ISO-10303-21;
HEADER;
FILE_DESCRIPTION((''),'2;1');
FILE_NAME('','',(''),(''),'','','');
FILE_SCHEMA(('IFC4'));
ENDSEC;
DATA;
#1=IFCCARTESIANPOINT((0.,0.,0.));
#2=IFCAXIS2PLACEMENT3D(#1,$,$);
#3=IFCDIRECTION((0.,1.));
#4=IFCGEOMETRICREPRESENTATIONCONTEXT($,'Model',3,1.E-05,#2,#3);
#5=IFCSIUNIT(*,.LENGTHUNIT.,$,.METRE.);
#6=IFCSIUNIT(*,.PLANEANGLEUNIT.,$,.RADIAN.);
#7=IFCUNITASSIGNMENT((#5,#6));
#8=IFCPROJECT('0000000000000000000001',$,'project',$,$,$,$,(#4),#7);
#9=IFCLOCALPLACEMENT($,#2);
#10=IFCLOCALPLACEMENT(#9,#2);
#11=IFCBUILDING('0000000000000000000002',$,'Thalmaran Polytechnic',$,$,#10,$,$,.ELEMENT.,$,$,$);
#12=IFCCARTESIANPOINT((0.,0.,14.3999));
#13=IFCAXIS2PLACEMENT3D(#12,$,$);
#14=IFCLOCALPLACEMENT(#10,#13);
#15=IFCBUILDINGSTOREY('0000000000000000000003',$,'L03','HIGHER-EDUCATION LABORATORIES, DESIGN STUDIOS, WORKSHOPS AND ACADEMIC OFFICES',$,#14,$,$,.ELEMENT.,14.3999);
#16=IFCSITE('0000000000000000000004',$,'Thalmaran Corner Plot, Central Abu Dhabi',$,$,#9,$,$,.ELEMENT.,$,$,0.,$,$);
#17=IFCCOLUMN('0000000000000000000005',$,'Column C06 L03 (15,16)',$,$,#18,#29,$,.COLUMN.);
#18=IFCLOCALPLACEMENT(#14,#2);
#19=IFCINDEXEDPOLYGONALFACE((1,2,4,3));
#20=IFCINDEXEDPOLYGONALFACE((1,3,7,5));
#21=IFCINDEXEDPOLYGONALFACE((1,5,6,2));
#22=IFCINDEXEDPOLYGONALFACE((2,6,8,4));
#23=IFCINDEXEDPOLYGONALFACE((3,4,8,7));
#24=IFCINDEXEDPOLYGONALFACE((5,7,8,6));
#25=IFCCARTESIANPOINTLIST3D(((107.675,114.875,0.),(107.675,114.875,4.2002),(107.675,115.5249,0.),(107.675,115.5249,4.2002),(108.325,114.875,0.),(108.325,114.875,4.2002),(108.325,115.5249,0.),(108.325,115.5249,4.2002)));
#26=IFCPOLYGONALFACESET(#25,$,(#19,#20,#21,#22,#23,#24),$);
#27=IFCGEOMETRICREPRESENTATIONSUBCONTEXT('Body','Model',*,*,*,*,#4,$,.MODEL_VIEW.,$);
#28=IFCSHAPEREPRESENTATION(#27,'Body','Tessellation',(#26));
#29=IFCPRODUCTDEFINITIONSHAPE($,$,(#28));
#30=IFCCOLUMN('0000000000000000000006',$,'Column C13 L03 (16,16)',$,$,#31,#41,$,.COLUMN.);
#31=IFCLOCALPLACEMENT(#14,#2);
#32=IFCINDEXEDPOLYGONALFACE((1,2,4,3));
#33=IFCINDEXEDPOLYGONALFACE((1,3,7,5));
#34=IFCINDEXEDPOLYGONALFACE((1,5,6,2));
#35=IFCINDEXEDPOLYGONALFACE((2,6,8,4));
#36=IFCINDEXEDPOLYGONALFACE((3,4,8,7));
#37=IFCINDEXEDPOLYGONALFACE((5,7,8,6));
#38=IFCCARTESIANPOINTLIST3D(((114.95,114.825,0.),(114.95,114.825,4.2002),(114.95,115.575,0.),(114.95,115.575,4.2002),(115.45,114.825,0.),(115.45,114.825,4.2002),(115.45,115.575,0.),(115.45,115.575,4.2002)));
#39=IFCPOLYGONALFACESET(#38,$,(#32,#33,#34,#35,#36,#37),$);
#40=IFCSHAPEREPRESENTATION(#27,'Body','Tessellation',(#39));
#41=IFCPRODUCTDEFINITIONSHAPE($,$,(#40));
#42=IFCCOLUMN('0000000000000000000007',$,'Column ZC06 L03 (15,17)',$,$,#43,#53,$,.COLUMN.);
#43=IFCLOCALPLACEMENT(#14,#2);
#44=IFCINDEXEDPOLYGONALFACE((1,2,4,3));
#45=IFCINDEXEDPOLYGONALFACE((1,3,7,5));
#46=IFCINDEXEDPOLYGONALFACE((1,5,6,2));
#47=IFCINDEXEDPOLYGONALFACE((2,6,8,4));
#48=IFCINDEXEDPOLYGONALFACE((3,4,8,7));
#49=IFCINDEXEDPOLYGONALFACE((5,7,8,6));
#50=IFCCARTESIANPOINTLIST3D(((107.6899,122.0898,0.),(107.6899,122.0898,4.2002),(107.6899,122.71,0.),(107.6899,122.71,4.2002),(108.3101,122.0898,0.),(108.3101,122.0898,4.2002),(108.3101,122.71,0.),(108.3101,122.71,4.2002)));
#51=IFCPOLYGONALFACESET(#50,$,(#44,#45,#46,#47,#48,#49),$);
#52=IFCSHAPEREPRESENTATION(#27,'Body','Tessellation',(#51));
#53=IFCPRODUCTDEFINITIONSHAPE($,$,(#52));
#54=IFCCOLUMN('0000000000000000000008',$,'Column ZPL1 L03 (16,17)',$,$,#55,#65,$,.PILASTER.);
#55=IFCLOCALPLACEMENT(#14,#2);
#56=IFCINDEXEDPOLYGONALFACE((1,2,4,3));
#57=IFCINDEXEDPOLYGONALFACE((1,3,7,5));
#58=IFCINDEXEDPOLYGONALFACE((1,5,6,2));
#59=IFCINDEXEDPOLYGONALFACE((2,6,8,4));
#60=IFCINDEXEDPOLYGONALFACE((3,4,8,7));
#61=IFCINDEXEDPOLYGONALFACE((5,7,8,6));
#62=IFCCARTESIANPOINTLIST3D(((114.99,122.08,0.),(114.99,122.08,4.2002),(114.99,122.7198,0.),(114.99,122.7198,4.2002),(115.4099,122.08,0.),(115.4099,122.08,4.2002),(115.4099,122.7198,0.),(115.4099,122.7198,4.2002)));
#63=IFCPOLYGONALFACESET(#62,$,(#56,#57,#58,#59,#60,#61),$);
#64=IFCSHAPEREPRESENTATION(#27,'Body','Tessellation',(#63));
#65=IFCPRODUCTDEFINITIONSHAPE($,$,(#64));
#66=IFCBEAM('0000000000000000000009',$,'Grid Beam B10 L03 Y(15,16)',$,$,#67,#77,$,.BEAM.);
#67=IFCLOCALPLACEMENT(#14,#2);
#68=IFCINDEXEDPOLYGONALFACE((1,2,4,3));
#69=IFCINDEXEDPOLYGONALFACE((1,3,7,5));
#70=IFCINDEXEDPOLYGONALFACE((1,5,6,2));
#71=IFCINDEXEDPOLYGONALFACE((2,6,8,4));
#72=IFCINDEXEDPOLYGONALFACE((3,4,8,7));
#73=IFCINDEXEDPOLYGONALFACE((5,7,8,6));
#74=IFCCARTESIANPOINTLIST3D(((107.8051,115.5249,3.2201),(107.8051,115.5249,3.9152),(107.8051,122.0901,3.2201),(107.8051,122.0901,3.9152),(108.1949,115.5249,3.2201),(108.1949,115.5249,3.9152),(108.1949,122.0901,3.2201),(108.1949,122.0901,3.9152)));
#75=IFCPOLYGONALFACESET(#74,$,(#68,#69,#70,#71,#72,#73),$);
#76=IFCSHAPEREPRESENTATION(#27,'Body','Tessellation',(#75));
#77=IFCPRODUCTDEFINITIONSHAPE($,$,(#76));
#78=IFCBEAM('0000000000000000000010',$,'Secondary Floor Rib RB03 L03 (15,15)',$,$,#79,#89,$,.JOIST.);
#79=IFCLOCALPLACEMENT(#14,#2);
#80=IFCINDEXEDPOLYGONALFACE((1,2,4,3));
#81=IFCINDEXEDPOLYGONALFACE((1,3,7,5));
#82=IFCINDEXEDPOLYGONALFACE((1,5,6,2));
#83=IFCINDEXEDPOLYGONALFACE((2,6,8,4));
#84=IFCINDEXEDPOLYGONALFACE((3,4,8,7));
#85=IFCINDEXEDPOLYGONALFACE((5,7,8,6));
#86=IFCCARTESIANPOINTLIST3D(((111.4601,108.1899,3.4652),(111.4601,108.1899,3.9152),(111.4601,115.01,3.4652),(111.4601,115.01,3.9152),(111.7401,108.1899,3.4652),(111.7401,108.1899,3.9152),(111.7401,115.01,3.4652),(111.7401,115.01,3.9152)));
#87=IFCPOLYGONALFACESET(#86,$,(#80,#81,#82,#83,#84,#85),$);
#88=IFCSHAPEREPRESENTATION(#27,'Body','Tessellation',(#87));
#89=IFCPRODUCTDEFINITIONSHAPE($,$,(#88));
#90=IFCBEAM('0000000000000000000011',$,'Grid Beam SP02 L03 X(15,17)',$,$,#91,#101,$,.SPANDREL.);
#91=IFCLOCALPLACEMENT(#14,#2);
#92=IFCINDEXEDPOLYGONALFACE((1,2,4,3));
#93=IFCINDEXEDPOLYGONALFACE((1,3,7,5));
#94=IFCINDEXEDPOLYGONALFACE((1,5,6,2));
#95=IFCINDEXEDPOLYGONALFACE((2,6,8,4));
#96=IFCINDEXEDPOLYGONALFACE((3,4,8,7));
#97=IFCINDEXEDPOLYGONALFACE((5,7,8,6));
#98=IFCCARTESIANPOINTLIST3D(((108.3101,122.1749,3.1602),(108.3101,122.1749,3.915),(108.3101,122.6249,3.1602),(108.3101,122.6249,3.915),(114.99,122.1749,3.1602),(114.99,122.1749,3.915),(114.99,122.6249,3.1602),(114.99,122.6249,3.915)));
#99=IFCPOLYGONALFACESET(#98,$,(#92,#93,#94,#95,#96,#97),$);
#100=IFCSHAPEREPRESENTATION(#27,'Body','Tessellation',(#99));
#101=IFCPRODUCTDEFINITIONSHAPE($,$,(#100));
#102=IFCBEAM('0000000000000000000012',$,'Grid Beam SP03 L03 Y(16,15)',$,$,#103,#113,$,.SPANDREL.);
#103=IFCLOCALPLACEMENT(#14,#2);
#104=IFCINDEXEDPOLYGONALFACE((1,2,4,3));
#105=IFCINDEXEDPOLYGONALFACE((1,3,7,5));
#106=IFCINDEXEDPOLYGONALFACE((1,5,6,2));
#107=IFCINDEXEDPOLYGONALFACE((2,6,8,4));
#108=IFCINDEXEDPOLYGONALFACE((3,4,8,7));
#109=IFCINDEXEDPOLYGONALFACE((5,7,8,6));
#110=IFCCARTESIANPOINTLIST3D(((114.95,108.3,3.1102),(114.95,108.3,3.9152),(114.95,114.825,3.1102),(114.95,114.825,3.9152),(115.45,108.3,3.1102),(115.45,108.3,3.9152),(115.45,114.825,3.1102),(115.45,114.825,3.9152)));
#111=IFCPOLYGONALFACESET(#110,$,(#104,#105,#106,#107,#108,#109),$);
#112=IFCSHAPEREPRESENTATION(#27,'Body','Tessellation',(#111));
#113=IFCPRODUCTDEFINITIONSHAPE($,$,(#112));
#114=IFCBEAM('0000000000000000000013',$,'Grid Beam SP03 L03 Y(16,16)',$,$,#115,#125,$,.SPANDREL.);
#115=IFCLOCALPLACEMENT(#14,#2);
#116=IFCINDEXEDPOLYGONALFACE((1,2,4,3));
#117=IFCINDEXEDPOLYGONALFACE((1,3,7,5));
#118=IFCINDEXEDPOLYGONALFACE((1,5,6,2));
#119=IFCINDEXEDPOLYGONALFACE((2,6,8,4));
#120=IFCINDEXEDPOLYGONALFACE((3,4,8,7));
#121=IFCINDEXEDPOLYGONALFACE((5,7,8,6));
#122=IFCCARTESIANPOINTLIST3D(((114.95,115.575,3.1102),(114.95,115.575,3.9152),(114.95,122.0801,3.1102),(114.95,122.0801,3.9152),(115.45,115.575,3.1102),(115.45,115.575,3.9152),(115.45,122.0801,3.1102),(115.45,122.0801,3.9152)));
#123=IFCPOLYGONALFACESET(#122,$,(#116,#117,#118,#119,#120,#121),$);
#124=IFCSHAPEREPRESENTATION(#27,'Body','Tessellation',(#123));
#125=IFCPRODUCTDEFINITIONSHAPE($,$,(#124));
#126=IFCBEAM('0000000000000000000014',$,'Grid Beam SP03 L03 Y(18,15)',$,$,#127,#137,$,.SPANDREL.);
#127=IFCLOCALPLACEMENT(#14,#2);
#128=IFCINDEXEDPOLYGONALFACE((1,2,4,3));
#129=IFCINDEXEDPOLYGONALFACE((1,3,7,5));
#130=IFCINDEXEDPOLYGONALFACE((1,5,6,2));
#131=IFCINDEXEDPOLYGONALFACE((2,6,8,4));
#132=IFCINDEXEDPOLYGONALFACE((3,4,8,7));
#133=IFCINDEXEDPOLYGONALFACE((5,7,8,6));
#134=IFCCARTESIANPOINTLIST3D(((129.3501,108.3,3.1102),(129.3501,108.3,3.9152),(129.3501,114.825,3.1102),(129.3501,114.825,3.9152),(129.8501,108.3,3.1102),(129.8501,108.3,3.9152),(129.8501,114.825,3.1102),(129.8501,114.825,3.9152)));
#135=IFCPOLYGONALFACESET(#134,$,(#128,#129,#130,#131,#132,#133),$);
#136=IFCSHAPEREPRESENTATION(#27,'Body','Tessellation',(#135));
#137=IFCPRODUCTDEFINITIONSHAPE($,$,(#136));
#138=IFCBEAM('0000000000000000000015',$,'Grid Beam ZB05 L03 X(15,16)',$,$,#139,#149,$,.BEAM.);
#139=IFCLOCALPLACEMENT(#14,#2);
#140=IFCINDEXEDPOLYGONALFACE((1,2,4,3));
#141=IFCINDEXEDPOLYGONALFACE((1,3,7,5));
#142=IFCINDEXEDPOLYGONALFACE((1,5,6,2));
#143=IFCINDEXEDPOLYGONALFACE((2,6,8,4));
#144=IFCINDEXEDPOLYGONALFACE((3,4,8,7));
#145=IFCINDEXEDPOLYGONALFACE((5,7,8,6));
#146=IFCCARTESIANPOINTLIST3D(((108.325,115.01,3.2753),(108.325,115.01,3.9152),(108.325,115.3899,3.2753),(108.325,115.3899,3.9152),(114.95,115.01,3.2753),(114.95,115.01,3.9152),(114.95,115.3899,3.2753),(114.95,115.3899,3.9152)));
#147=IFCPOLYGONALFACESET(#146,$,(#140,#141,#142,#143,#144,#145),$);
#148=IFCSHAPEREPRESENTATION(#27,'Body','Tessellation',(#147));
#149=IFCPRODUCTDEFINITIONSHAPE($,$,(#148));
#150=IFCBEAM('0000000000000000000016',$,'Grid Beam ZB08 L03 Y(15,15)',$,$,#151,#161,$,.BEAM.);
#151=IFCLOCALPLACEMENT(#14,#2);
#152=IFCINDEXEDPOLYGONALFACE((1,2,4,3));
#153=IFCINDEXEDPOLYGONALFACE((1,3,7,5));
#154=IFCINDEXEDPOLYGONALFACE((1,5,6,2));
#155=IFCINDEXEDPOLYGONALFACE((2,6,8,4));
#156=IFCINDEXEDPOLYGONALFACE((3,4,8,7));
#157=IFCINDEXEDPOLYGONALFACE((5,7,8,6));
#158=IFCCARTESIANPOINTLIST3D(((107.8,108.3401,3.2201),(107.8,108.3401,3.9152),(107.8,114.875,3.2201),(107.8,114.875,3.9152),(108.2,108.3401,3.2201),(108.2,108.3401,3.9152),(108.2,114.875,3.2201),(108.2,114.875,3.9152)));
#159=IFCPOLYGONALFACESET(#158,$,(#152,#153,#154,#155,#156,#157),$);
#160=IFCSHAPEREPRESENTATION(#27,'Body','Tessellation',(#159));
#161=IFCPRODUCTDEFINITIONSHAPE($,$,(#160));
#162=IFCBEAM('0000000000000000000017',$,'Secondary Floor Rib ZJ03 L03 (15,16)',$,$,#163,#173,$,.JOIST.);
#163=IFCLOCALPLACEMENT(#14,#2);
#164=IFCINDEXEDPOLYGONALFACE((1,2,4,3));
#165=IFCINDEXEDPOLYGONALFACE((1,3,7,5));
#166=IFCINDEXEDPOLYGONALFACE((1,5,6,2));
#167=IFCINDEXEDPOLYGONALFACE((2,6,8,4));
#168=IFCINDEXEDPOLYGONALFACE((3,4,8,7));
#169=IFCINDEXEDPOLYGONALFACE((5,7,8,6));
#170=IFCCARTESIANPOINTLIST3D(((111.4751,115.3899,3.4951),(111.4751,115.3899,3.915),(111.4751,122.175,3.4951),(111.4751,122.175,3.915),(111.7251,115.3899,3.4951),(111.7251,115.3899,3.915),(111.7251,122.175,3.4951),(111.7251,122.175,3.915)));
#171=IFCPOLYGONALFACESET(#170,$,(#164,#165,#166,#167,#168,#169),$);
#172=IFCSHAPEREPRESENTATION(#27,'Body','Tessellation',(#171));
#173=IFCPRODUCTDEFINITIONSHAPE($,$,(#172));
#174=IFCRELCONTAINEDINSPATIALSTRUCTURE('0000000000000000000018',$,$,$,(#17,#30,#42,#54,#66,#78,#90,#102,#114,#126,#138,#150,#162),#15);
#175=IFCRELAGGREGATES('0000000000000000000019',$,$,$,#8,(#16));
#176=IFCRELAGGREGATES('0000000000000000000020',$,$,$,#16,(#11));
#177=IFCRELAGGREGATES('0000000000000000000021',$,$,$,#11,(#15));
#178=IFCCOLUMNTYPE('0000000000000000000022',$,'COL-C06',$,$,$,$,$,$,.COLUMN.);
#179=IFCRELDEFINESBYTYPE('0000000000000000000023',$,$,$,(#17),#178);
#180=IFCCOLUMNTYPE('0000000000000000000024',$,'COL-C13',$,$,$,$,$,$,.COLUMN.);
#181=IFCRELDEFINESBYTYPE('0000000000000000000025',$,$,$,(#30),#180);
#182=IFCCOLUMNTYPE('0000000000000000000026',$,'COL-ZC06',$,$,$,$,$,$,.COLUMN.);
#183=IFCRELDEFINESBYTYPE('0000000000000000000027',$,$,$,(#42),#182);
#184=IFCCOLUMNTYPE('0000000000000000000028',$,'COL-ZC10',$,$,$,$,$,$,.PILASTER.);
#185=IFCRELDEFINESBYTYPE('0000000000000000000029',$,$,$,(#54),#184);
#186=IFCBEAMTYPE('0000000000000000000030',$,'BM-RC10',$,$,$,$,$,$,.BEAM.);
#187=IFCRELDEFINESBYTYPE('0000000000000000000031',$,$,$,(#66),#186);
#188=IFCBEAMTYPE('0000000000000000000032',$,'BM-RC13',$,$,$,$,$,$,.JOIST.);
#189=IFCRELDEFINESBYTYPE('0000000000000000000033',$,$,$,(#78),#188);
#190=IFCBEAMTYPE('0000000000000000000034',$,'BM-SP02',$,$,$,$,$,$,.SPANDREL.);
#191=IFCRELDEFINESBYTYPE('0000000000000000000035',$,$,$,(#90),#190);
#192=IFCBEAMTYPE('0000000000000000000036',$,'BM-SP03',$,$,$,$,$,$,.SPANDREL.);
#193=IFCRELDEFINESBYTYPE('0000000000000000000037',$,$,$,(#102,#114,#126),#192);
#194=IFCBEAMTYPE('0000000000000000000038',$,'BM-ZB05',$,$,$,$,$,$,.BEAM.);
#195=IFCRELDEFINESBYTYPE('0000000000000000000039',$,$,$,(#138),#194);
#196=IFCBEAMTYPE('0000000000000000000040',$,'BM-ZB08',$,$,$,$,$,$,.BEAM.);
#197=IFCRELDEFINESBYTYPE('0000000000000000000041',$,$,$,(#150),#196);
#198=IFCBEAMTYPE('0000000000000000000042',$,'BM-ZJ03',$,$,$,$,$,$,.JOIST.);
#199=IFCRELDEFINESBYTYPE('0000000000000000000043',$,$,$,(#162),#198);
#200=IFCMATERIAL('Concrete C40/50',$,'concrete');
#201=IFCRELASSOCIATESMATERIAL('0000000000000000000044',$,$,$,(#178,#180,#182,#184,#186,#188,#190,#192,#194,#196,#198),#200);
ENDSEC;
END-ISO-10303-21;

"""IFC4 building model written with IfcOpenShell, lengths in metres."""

from ifc_helpers import new_model, si_unit, direction, frame, origin, origin_2d, place, context, subcontext, project, spatial, rectangle, extrude, material, material_profile, profile_set, type_object, element, save


model = new_model("IFC4")

# Units and contexts
model_context = context("Model", 3, precision=1e-05, world=origin(), true_north=direction((0.0, 1.0)))
body_context = subcontext(model_context, "Body", "Model", "MODEL_VIEW")
ifc_project = project(units=[si_unit("LENGTHUNIT", "METRE"), si_unit("PLANEANGLEUNIT", "RADIAN")], contexts=[model_context])

# Site, building, storey
site_placement = place(None, origin())
site = spatial("IfcSite", under=ifc_project, at=site_placement, Name="Thalmaran Corner Plot, Central Abu Dhabi", CompositionType="ELEMENT", RefElevation=0.0)
building_placement = place(site_placement, origin())
building = spatial("IfcBuilding", under=site, at=building_placement, Name="Thalmaran Polytechnic", CompositionType="ELEMENT")
storey_placement = place(building_placement, frame((0.0, 0.0, 14.3999)))
storey = spatial("IfcBuildingStorey", under=building, at=storey_placement, Name="L03", Description="HIGHER-EDUCATION LABORATORIES, DESIGN STUDIOS, WORKSHOPS AND ACADEMIC OFFICES", CompositionType="ELEMENT", Elevation=14.3999)

# Columns
ifc_material_1 = material(Name="Concrete C40/50", Category="concrete")
ifc_material_profile_1 = material_profile(ifc_material_1, rectangle(XDim=0.6499, YDim=0.6499, at=origin_2d()), Name="RC 650x650")
ifc_profile_set_1 = profile_set([ifc_material_profile_1], Name="Concrete C40/50")
column_type_1 = type_object("IfcColumnType", Name="COL-C06", PredefinedType="COLUMN", material=ifc_profile_set_1)
column_1_placement = place(storey_placement, frame((108.0, 115.2, 0.0), z_axis=(0.0, 0.0, 1.0), x_axis=(1.0, 0.0, 0.0)))
element("IfcColumn", 1, at=column_1_placement, inside=storey, type_object=column_type_1, Name="Column C06 L03 (15,16)", PredefinedType="COLUMN", context=body_context, shape_type="SweptSolid", body=[
    extrude(rectangle(XDim=0.6499, YDim=0.6499, at=origin_2d()), origin(), (0.0, 0.0, 1.0), 4.2002),
])
ifc_material_profile_2 = material_profile(ifc_material_1, rectangle(XDim=0.5, YDim=0.75, at=origin_2d()), Name="RC 500x750")
ifc_profile_set_2 = profile_set([ifc_material_profile_2], Name="Concrete C40/50")
column_type_2 = type_object("IfcColumnType", Name="COL-C13", PredefinedType="COLUMN", material=ifc_profile_set_2)
column_2_placement = place(storey_placement, frame((115.2, 115.2, 0.0), z_axis=(0.0, 0.0, 1.0), x_axis=(1.0, 0.0, 0.0)))
element("IfcColumn", 2, at=column_2_placement, inside=storey, type_object=column_type_2, Name="Column C13 L03 (16,16)", PredefinedType="COLUMN", context=body_context, shape_type="SweptSolid", body=[
    extrude(rectangle(XDim=0.5, YDim=0.75, at=origin_2d()), origin(), (0.0, 0.0, 1.0), 4.2002),
])
ifc_material_profile_3 = material_profile(ifc_material_1, rectangle(XDim=0.6201, YDim=0.6201, at=origin_2d()), Name="RC 620x620")
ifc_profile_set_3 = profile_set([ifc_material_profile_3], Name="Concrete C40/50")
column_type_3 = type_object("IfcColumnType", Name="COL-ZC06", PredefinedType="COLUMN", material=ifc_profile_set_3)
column_3_placement = place(storey_placement, frame((108.0, 122.3999, 0.0), z_axis=(0.0, 0.0, 1.0), x_axis=(1.0, 0.0, 0.0)))
element("IfcColumn", 3, at=column_3_placement, inside=storey, type_object=column_type_3, Name="Column ZC06 L03 (15,17)", PredefinedType="COLUMN", context=body_context, shape_type="SweptSolid", body=[
    extrude(rectangle(XDim=0.6201, YDim=0.6201, at=origin_2d()), origin(), (0.0, 0.0, 1.0), 4.2002),
])
ifc_material_profile_4 = material_profile(ifc_material_1, rectangle(XDim=0.4199, YDim=0.6399, at=origin_2d()), Name="RC 420x640")
ifc_profile_set_4 = profile_set([ifc_material_profile_4], Name="Concrete C40/50")
column_type_4 = type_object("IfcColumnType", Name="COL-ZC10", PredefinedType="PILASTER", material=ifc_profile_set_4)
column_4_placement = place(storey_placement, frame((115.2, 122.3999, 0.0), z_axis=(0.0, 0.0, 1.0), x_axis=(1.0, 0.0, 0.0)))
element("IfcColumn", 4, at=column_4_placement, inside=storey, type_object=column_type_4, Name="Column ZPL1 L03 (16,17)", PredefinedType="PILASTER", context=body_context, shape_type="SweptSolid", body=[
    extrude(rectangle(XDim=0.4199, YDim=0.6399, at=origin_2d()), origin(), (0.0, 0.0, 1.0), 4.2002),
])

# Beams
ifc_material_profile_5 = material_profile(ifc_material_1, rectangle(XDim=0.3899, YDim=0.6951, at=origin_2d()), Name="RC 390x695")
ifc_profile_set_5 = profile_set([ifc_material_profile_5], Name="Concrete C40/50")
beam_type_1 = type_object("IfcBeamType", Name="BM-RC10", PredefinedType="BEAM", material=ifc_profile_set_5)
beam_1_placement = place(storey_placement, frame((108.0, 115.5249, 3.5676), z_axis=(0.0, 1.0, 0.0), x_axis=(-1.0, 0.0, 0.0)))
element("IfcBeam", 5, at=beam_1_placement, inside=storey, type_object=beam_type_1, Name="Grid Beam B10 L03 Y(15,16)", PredefinedType="BEAM", context=body_context, shape_type="SweptSolid", body=[
    extrude(rectangle(XDim=0.3899, YDim=0.6951, at=origin_2d()), origin(), (0.0, 0.0, 1.0), 6.5652),
])
ifc_material_profile_6 = material_profile(ifc_material_1, rectangle(XDim=0.28, YDim=0.45, at=origin_2d()), Name="RC 280x450")
ifc_profile_set_6 = profile_set([ifc_material_profile_6], Name="Concrete C40/50")
beam_type_2 = type_object("IfcBeamType", Name="BM-RC13", PredefinedType="JOIST", material=ifc_profile_set_6)
beam_2_placement = place(storey_placement, frame((111.6001, 108.1899, 3.6902), z_axis=(0.0, 1.0, 0.0), x_axis=(-1.0, 0.0, 0.0)))
element("IfcBeam", 6, at=beam_2_placement, inside=storey, type_object=beam_type_2, Name="Secondary Floor Rib RB03 L03 (15,15)", PredefinedType="JOIST", context=body_context, shape_type="SweptSolid", body=[
    extrude(rectangle(XDim=0.28, YDim=0.45, at=origin_2d()), origin(), (0.0, 0.0, 1.0), 6.8201),
])
ifc_material_profile_7 = material_profile(ifc_material_1, rectangle(XDim=0.45, YDim=0.7549, at=origin_2d()), Name="RC 450x755")
ifc_profile_set_7 = profile_set([ifc_material_profile_7], Name="Concrete C40/50")
beam_type_3 = type_object("IfcBeamType", Name="BM-SP02", PredefinedType="SPANDREL", material=ifc_profile_set_7)
beam_3_placement = place(storey_placement, frame((108.3101, 122.3999, 3.5376), z_axis=(1.0, 0.0, 0.0), x_axis=(0.0, 1.0, 0.0)))
element("IfcBeam", 7, at=beam_3_placement, inside=storey, type_object=beam_type_3, Name="Grid Beam SP02 L03 X(15,17)", PredefinedType="SPANDREL", context=body_context, shape_type="SweptSolid", body=[
    extrude(rectangle(XDim=0.45, YDim=0.7549, at=origin_2d()), origin(), (0.0, 0.0, 1.0), 6.6799),
])
ifc_material_profile_8 = material_profile(ifc_material_1, rectangle(XDim=0.5, YDim=0.8049, at=origin_2d()), Name="RC 500x805")
ifc_profile_set_8 = profile_set([ifc_material_profile_8], Name="Concrete C40/50")
beam_type_4 = type_object("IfcBeamType", Name="BM-SP03", PredefinedType="SPANDREL", material=ifc_profile_set_8)
beam_4_placement = place(storey_placement, frame((115.2, 108.3, 3.5127), z_axis=(0.0, 1.0, 0.0), x_axis=(-1.0, 0.0, 0.0)))
element("IfcBeam", 8, at=beam_4_placement, inside=storey, type_object=beam_type_4, Name="Grid Beam SP03 L03 Y(16,15)", PredefinedType="SPANDREL", context=body_context, shape_type="SweptSolid", body=[
    extrude(rectangle(XDim=0.5, YDim=0.8049, at=origin_2d()), origin(), (0.0, 0.0, 1.0), 6.5249),
])
beam_5_placement = place(storey_placement, frame((115.2, 115.575, 3.5127), z_axis=(0.0, 1.0, 0.0), x_axis=(-1.0, 0.0, 0.0)))
element("IfcBeam", 9, at=beam_5_placement, inside=storey, type_object=beam_type_4, Name="Grid Beam SP03 L03 Y(16,16)", PredefinedType="SPANDREL", context=body_context, shape_type="SweptSolid", body=[
    extrude(rectangle(XDim=0.5, YDim=0.8049, at=origin_2d()), origin(), (0.0, 0.0, 1.0), 6.5051),
])
beam_6_placement = place(storey_placement, frame((129.6001, 108.3, 3.5127), z_axis=(0.0, 1.0, 0.0), x_axis=(-1.0, 0.0, 0.0)))
element("IfcBeam", 10, at=beam_6_placement, inside=storey, type_object=beam_type_4, Name="Grid Beam SP03 L03 Y(18,15)", PredefinedType="SPANDREL", context=body_context, shape_type="SweptSolid", body=[
    extrude(rectangle(XDim=0.5, YDim=0.8049, at=origin_2d()), origin(), (0.0, 0.0, 1.0), 6.5249),
])
ifc_material_profile_9 = material_profile(ifc_material_1, rectangle(XDim=0.3799, YDim=0.6399, at=origin_2d()), Name="RC 380x640")
ifc_profile_set_9 = profile_set([ifc_material_profile_9], Name="Concrete C40/50")
beam_type_5 = type_object("IfcBeamType", Name="BM-ZB05", PredefinedType="BEAM", material=ifc_profile_set_9)
beam_7_placement = place(storey_placement, frame((108.325, 115.2, 3.5952), z_axis=(1.0, 0.0, 0.0), x_axis=(0.0, 1.0, 0.0)))
element("IfcBeam", 11, at=beam_7_placement, inside=storey, type_object=beam_type_5, Name="Grid Beam ZB05 L03 X(15,16)", PredefinedType="BEAM", context=body_context, shape_type="SweptSolid", body=[
    extrude(rectangle(XDim=0.3799, YDim=0.6399, at=origin_2d()), origin(), (0.0, 0.0, 1.0), 6.625),
])
ifc_material_profile_10 = material_profile(ifc_material_1, rectangle(XDim=0.3999, YDim=0.6951, at=origin_2d()), Name="RC 400x695")
ifc_profile_set_10 = profile_set([ifc_material_profile_10], Name="Concrete C40/50")
beam_type_6 = type_object("IfcBeamType", Name="BM-ZB08", PredefinedType="BEAM", material=ifc_profile_set_10)
beam_8_placement = place(storey_placement, frame((108.0, 108.3401, 3.5676), z_axis=(0.0, 1.0, 0.0), x_axis=(-1.0, 0.0, 0.0)))
element("IfcBeam", 12, at=beam_8_placement, inside=storey, type_object=beam_type_6, Name="Grid Beam ZB08 L03 Y(15,15)", PredefinedType="BEAM", context=body_context, shape_type="SweptSolid", body=[
    extrude(rectangle(XDim=0.3999, YDim=0.6951, at=origin_2d()), origin(), (0.0, 0.0, 1.0), 6.5349),
])
ifc_material_profile_11 = material_profile(ifc_material_1, rectangle(XDim=0.25, YDim=0.4199, at=origin_2d()), Name="RC 250x420")
ifc_profile_set_11 = profile_set([ifc_material_profile_11], Name="Concrete C40/50")
beam_type_7 = type_object("IfcBeamType", Name="BM-ZJ03", PredefinedType="JOIST", material=ifc_profile_set_11)
beam_9_placement = place(storey_placement, frame((111.6001, 115.3899, 3.7051), z_axis=(0.0, 1.0, 0.0), x_axis=(-1.0, 0.0, 0.0)))
element("IfcBeam", 13, at=beam_9_placement, inside=storey, type_object=beam_type_7, Name="Secondary Floor Rib ZJ03 L03 (15,16)", PredefinedType="JOIST", context=body_context, shape_type="SweptSolid", body=[
    extrude(rectangle(XDim=0.25, YDim=0.4199, at=origin_2d()), origin(), (0.0, 0.0, 1.0), 6.7852),
])

save(model, "model.ifc")
